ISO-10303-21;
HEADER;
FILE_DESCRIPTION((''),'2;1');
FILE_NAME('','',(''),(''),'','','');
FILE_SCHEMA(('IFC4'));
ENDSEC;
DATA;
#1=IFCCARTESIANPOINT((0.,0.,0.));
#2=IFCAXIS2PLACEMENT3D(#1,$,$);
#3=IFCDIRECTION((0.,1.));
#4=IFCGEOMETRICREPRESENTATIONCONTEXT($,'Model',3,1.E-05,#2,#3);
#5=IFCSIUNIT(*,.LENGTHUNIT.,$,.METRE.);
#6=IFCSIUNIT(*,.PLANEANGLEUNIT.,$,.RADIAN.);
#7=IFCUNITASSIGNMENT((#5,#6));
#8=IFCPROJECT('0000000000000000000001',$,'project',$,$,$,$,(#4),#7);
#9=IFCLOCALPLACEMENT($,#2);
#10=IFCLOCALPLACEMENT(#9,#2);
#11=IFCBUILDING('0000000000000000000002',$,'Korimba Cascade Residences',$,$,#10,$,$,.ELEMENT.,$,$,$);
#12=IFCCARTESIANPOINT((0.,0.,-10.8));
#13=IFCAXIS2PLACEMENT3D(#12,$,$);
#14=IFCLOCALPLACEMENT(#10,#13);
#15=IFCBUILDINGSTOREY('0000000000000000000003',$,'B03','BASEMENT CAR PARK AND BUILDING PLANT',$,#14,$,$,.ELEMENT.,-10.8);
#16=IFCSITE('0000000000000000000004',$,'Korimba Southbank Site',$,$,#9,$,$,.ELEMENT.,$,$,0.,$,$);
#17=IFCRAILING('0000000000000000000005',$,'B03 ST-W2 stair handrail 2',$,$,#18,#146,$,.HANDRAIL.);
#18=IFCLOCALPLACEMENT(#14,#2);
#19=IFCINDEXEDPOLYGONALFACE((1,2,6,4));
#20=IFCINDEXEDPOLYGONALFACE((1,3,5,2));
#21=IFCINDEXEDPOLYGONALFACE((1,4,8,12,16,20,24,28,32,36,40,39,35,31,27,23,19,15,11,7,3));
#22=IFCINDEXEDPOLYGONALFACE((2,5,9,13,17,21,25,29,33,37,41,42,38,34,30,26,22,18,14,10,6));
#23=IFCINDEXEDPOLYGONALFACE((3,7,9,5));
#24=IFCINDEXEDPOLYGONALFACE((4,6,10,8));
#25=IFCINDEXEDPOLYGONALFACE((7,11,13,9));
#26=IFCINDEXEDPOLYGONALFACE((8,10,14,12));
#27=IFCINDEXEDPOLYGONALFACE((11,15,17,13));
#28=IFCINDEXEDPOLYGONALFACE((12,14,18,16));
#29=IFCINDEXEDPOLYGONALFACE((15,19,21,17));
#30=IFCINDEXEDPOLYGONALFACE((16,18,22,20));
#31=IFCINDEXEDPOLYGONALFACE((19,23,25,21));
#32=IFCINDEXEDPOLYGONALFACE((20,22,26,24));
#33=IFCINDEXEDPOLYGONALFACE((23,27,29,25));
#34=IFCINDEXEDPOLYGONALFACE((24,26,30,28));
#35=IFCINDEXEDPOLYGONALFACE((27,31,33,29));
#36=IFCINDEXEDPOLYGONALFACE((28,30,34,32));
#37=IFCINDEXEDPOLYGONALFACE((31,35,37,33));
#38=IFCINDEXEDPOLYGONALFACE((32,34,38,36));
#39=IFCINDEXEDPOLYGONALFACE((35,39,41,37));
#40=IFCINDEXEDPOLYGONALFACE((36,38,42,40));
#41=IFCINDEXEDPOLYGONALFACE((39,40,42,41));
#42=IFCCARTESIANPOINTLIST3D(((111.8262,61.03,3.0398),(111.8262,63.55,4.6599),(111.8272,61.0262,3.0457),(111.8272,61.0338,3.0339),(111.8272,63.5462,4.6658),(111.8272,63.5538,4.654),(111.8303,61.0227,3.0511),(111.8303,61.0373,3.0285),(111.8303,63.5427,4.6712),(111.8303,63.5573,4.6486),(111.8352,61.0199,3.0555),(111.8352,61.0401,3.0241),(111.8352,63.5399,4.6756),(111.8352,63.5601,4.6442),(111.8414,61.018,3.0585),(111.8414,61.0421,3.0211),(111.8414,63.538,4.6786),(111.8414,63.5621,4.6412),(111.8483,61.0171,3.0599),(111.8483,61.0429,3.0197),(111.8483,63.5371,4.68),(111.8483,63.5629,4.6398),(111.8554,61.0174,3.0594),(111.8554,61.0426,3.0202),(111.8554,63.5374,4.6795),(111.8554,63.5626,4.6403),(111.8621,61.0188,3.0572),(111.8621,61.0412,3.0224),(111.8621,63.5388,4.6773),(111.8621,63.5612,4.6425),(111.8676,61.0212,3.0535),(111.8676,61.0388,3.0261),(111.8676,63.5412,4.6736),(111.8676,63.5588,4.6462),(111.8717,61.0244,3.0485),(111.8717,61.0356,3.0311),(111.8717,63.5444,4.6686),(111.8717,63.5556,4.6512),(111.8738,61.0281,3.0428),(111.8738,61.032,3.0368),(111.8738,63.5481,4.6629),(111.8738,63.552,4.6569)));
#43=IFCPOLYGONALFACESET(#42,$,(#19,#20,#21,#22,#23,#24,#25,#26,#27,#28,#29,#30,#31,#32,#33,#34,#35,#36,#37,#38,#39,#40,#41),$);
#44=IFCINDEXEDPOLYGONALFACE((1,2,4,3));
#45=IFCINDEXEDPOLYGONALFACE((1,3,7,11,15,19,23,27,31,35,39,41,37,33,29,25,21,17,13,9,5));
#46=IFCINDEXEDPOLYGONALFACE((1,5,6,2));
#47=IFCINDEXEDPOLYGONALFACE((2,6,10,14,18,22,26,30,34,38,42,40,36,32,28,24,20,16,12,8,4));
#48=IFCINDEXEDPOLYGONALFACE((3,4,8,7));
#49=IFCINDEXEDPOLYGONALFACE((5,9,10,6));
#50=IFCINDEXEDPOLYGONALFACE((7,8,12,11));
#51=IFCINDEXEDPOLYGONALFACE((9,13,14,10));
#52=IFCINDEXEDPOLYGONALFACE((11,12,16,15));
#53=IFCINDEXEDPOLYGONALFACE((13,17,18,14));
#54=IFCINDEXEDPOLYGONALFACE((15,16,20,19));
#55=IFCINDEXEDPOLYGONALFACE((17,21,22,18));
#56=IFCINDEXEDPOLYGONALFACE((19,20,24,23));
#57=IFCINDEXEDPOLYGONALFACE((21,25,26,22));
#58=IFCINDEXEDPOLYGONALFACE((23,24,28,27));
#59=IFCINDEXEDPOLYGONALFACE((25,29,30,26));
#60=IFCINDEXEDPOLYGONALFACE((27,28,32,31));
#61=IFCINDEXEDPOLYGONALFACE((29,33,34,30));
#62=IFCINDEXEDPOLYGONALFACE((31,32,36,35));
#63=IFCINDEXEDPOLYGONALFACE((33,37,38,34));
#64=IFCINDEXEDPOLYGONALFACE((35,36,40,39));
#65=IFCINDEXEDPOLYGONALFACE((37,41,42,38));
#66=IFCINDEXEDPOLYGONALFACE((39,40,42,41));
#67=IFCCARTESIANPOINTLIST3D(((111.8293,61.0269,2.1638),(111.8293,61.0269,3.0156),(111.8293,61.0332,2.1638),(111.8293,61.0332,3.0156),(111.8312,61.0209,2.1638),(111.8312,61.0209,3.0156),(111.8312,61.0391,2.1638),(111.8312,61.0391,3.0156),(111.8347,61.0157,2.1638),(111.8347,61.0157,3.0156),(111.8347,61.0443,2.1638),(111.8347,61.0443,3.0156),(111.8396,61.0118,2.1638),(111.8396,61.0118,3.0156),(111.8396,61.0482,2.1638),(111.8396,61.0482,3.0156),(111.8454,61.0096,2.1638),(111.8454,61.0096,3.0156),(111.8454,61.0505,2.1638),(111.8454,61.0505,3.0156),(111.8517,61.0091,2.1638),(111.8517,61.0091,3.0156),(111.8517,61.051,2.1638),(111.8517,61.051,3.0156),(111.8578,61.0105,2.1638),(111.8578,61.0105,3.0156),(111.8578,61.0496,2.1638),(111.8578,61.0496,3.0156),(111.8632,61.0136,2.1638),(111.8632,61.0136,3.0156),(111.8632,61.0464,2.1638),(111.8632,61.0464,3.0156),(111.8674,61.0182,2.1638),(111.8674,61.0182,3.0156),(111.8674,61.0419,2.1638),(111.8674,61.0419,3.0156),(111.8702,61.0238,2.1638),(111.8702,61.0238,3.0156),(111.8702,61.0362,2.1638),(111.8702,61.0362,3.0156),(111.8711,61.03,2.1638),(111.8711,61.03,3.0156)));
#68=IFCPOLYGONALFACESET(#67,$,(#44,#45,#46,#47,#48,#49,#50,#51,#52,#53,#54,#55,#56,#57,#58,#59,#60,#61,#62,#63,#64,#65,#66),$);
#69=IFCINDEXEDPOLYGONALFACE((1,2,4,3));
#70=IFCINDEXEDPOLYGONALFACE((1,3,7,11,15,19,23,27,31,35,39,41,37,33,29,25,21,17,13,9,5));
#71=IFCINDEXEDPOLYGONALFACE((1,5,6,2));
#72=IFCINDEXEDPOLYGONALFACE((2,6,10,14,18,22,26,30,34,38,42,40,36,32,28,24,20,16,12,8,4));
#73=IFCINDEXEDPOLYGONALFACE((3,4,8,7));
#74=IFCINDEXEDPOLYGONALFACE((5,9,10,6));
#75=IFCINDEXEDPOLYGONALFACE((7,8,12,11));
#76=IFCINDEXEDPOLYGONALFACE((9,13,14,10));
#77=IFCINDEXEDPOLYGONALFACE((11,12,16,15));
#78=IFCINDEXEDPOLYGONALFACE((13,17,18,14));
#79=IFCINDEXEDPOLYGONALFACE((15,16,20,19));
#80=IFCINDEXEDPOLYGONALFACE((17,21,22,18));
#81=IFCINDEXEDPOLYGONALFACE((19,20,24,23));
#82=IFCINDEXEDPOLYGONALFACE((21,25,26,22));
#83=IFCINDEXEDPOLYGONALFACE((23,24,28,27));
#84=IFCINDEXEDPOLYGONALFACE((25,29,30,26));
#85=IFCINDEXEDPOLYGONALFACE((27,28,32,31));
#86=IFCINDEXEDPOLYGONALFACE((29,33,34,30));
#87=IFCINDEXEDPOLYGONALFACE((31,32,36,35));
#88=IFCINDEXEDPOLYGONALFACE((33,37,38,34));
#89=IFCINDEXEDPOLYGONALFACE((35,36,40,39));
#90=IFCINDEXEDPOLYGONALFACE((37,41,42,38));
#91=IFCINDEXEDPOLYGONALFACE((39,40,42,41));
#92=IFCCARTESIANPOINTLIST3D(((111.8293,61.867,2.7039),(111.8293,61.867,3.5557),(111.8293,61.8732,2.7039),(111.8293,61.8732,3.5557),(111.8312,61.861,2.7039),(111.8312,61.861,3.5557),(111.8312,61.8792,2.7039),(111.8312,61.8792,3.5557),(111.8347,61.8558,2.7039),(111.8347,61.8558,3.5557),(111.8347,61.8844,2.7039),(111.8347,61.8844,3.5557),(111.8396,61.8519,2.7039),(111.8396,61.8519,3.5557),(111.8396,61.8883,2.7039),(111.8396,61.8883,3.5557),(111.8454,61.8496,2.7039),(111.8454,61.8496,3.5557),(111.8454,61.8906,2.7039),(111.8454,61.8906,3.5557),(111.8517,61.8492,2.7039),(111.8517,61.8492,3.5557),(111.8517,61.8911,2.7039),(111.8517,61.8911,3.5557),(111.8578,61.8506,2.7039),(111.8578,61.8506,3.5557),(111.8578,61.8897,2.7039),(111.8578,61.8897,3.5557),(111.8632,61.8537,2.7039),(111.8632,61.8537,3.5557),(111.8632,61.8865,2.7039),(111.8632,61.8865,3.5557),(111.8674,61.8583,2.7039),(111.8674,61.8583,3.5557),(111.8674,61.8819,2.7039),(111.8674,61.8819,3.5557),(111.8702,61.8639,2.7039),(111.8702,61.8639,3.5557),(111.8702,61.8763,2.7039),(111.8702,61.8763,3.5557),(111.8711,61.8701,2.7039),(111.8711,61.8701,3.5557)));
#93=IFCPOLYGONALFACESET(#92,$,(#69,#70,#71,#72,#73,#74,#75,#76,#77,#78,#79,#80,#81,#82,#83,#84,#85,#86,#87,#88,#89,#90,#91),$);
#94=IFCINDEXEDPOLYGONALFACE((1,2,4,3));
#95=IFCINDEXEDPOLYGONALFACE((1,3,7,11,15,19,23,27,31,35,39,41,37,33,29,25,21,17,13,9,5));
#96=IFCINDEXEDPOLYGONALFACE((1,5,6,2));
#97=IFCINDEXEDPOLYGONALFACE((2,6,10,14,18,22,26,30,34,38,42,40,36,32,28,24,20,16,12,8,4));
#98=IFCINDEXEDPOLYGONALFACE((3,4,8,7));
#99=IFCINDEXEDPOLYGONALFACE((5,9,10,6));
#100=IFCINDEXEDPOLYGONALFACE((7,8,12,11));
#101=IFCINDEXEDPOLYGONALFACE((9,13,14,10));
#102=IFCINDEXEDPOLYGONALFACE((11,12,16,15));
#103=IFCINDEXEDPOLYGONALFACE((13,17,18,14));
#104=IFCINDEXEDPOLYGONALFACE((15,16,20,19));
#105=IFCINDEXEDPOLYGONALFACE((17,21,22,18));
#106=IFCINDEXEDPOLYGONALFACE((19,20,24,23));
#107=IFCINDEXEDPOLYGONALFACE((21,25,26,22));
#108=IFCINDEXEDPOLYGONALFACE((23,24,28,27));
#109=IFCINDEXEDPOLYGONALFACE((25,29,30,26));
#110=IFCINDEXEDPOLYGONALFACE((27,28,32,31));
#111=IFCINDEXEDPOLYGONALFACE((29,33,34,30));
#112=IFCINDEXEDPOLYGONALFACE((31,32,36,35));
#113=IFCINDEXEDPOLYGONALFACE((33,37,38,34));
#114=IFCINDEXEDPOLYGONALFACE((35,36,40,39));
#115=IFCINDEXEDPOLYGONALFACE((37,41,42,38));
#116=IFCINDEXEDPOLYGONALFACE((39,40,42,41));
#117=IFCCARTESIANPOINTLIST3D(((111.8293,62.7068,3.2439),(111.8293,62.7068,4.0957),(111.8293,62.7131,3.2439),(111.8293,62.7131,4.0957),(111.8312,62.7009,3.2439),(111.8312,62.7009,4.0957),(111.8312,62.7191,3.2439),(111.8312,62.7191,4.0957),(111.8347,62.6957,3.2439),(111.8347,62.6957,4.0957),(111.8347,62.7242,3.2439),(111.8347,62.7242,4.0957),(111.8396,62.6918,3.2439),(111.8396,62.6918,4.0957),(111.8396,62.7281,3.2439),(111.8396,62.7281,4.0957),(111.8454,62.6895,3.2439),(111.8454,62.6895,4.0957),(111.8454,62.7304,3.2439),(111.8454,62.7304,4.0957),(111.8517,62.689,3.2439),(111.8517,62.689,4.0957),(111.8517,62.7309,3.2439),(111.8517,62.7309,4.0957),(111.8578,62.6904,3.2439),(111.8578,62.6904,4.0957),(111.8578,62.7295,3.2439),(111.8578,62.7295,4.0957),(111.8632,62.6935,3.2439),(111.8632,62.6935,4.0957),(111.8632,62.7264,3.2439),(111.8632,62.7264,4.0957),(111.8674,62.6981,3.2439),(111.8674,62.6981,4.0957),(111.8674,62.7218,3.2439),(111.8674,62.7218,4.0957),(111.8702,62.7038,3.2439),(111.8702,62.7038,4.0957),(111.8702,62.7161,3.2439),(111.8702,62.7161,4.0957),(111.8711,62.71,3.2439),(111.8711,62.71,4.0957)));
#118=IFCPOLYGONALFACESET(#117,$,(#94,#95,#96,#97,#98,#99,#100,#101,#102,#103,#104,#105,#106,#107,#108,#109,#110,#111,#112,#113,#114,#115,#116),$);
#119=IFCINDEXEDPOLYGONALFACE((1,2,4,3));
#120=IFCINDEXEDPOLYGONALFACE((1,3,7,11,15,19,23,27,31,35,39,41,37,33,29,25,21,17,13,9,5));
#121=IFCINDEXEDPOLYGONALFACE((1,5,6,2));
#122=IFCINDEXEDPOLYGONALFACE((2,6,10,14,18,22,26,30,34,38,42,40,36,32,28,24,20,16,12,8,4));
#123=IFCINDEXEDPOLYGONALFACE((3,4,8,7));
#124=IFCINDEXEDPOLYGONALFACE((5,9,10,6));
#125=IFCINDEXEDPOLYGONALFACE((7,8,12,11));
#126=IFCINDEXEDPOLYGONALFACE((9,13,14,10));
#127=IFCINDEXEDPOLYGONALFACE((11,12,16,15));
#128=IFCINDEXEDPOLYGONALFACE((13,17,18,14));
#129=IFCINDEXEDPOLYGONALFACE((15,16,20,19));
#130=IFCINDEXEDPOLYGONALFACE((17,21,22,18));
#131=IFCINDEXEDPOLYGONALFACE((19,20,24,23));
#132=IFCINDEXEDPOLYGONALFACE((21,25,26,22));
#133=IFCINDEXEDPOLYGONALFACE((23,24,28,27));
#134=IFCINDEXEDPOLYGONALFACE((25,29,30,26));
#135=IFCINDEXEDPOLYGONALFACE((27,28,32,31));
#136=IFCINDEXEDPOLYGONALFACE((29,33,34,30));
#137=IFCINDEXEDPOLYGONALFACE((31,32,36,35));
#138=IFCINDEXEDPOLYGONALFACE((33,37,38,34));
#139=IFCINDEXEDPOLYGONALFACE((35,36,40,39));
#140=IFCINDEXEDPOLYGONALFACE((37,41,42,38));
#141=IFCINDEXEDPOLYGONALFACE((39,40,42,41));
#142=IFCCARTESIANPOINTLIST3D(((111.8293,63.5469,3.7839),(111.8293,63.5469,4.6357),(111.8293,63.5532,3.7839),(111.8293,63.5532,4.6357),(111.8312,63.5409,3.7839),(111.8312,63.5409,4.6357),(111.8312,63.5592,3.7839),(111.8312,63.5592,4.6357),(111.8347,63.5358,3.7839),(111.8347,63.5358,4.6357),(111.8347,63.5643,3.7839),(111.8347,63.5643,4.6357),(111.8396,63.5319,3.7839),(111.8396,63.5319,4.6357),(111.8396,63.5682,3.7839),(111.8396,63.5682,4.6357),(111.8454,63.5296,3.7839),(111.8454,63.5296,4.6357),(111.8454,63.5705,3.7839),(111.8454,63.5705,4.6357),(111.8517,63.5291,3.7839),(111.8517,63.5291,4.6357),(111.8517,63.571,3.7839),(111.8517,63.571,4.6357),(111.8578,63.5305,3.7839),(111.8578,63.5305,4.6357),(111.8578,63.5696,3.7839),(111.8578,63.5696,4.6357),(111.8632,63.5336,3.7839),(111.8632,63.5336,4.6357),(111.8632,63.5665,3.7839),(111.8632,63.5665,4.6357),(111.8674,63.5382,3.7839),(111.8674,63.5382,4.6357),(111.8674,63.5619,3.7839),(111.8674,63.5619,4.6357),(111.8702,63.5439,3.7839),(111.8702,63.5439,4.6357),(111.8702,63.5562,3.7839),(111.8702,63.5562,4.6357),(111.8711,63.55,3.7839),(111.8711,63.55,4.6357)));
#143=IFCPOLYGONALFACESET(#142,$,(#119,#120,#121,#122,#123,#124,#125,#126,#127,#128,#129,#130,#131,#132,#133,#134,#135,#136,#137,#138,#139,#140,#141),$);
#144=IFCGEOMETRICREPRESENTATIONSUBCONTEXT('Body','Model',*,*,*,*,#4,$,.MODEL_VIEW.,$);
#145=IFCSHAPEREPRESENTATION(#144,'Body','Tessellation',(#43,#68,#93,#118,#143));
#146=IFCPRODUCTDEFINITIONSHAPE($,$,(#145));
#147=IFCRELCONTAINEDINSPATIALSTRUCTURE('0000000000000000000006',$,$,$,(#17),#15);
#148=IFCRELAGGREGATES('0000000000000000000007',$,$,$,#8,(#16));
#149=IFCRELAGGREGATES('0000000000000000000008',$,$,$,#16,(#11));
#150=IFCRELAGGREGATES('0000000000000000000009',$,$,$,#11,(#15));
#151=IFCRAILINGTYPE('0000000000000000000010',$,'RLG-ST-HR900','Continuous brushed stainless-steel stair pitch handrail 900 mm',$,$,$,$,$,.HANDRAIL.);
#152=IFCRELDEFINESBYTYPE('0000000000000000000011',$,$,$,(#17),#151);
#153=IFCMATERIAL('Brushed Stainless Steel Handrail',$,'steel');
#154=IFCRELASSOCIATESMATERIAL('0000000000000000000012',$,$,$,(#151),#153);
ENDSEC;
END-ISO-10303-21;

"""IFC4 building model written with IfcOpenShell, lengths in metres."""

from ifc_helpers import new_model, si_unit, direction, frame, origin, origin_2d, place, context, subcontext, project, spatial, circle, extrude, material, type_object, element, save


model = new_model("IFC4")

# Units and contexts
model_context = context("Model", 3, precision=1e-05, world=origin(), true_north=direction((0.0, 1.0)))
body_context = subcontext(model_context, "Body", "Model", "MODEL_VIEW")
ifc_project = project(units=[si_unit("LENGTHUNIT", "METRE"), si_unit("PLANEANGLEUNIT", "RADIAN")], contexts=[model_context])

# Site, building, storey
site_placement = place(None, origin())
site = spatial("IfcSite", under=ifc_project, at=site_placement, Name="Korimba Southbank Site", CompositionType="ELEMENT", RefElevation=0.0)
building_placement = place(site_placement, origin())
building = spatial("IfcBuilding", under=site, at=building_placement, Name="Korimba Cascade Residences", CompositionType="ELEMENT")
storey_placement = place(building_placement, frame((0.0, 0.0, -10.8)))
storey = spatial("IfcBuildingStorey", under=building, at=storey_placement, Name="B03", Description="BASEMENT CAR PARK AND BUILDING PLANT", CompositionType="ELEMENT", Elevation=-10.8)

# Railing
ifc_material_1 = material(Name="Brushed Stainless Steel Handrail", Category="steel")
railing_type_1 = type_object("IfcRailingType", Name="RLG-ST-HR900", Description="Continuous brushed stainless-steel stair pitch handrail 900 mm", PredefinedType="HANDRAIL", material=ifc_material_1)
railing_1_placement = place(storey_placement, frame((111.8501, 61.03, 2.1638)))
element("IfcRailing", 1, at=railing_1_placement, inside=storey, type_object=railing_type_1, Name="B03 ST-W2 stair handrail 2", PredefinedType="HANDRAIL", context=body_context, shape_type="SweptSolid", body=[
    extrude(circle(Radius=0.0239, at=origin_2d()), frame((0.0, 0.0, 0.876), z_axis=(0.0, 0.841163, 0.540782), x_axis=(-1.0, 0.0, 0.0)), (0.0, 0.0, 1.0), 2.9958),
    extrude(circle(Radius=0.021, at=origin_2d()), origin(), (0.0, 0.0, 1.0), 0.8518),
    extrude(circle(Radius=0.021, at=origin_2d()), frame((0.0, 0.8401, 0.54)), (0.0, 0.0, 1.0), 0.8518),
    extrude(circle(Radius=0.021, at=origin_2d()), frame((0.0, 1.6799, 1.0801)), (0.0, 0.0, 1.0), 0.8518),
    extrude(circle(Radius=0.021, at=origin_2d()), frame((0.0, 2.52, 1.6201)), (0.0, 0.0, 1.0), 0.8518),
])

save(model, "model.ifc")
